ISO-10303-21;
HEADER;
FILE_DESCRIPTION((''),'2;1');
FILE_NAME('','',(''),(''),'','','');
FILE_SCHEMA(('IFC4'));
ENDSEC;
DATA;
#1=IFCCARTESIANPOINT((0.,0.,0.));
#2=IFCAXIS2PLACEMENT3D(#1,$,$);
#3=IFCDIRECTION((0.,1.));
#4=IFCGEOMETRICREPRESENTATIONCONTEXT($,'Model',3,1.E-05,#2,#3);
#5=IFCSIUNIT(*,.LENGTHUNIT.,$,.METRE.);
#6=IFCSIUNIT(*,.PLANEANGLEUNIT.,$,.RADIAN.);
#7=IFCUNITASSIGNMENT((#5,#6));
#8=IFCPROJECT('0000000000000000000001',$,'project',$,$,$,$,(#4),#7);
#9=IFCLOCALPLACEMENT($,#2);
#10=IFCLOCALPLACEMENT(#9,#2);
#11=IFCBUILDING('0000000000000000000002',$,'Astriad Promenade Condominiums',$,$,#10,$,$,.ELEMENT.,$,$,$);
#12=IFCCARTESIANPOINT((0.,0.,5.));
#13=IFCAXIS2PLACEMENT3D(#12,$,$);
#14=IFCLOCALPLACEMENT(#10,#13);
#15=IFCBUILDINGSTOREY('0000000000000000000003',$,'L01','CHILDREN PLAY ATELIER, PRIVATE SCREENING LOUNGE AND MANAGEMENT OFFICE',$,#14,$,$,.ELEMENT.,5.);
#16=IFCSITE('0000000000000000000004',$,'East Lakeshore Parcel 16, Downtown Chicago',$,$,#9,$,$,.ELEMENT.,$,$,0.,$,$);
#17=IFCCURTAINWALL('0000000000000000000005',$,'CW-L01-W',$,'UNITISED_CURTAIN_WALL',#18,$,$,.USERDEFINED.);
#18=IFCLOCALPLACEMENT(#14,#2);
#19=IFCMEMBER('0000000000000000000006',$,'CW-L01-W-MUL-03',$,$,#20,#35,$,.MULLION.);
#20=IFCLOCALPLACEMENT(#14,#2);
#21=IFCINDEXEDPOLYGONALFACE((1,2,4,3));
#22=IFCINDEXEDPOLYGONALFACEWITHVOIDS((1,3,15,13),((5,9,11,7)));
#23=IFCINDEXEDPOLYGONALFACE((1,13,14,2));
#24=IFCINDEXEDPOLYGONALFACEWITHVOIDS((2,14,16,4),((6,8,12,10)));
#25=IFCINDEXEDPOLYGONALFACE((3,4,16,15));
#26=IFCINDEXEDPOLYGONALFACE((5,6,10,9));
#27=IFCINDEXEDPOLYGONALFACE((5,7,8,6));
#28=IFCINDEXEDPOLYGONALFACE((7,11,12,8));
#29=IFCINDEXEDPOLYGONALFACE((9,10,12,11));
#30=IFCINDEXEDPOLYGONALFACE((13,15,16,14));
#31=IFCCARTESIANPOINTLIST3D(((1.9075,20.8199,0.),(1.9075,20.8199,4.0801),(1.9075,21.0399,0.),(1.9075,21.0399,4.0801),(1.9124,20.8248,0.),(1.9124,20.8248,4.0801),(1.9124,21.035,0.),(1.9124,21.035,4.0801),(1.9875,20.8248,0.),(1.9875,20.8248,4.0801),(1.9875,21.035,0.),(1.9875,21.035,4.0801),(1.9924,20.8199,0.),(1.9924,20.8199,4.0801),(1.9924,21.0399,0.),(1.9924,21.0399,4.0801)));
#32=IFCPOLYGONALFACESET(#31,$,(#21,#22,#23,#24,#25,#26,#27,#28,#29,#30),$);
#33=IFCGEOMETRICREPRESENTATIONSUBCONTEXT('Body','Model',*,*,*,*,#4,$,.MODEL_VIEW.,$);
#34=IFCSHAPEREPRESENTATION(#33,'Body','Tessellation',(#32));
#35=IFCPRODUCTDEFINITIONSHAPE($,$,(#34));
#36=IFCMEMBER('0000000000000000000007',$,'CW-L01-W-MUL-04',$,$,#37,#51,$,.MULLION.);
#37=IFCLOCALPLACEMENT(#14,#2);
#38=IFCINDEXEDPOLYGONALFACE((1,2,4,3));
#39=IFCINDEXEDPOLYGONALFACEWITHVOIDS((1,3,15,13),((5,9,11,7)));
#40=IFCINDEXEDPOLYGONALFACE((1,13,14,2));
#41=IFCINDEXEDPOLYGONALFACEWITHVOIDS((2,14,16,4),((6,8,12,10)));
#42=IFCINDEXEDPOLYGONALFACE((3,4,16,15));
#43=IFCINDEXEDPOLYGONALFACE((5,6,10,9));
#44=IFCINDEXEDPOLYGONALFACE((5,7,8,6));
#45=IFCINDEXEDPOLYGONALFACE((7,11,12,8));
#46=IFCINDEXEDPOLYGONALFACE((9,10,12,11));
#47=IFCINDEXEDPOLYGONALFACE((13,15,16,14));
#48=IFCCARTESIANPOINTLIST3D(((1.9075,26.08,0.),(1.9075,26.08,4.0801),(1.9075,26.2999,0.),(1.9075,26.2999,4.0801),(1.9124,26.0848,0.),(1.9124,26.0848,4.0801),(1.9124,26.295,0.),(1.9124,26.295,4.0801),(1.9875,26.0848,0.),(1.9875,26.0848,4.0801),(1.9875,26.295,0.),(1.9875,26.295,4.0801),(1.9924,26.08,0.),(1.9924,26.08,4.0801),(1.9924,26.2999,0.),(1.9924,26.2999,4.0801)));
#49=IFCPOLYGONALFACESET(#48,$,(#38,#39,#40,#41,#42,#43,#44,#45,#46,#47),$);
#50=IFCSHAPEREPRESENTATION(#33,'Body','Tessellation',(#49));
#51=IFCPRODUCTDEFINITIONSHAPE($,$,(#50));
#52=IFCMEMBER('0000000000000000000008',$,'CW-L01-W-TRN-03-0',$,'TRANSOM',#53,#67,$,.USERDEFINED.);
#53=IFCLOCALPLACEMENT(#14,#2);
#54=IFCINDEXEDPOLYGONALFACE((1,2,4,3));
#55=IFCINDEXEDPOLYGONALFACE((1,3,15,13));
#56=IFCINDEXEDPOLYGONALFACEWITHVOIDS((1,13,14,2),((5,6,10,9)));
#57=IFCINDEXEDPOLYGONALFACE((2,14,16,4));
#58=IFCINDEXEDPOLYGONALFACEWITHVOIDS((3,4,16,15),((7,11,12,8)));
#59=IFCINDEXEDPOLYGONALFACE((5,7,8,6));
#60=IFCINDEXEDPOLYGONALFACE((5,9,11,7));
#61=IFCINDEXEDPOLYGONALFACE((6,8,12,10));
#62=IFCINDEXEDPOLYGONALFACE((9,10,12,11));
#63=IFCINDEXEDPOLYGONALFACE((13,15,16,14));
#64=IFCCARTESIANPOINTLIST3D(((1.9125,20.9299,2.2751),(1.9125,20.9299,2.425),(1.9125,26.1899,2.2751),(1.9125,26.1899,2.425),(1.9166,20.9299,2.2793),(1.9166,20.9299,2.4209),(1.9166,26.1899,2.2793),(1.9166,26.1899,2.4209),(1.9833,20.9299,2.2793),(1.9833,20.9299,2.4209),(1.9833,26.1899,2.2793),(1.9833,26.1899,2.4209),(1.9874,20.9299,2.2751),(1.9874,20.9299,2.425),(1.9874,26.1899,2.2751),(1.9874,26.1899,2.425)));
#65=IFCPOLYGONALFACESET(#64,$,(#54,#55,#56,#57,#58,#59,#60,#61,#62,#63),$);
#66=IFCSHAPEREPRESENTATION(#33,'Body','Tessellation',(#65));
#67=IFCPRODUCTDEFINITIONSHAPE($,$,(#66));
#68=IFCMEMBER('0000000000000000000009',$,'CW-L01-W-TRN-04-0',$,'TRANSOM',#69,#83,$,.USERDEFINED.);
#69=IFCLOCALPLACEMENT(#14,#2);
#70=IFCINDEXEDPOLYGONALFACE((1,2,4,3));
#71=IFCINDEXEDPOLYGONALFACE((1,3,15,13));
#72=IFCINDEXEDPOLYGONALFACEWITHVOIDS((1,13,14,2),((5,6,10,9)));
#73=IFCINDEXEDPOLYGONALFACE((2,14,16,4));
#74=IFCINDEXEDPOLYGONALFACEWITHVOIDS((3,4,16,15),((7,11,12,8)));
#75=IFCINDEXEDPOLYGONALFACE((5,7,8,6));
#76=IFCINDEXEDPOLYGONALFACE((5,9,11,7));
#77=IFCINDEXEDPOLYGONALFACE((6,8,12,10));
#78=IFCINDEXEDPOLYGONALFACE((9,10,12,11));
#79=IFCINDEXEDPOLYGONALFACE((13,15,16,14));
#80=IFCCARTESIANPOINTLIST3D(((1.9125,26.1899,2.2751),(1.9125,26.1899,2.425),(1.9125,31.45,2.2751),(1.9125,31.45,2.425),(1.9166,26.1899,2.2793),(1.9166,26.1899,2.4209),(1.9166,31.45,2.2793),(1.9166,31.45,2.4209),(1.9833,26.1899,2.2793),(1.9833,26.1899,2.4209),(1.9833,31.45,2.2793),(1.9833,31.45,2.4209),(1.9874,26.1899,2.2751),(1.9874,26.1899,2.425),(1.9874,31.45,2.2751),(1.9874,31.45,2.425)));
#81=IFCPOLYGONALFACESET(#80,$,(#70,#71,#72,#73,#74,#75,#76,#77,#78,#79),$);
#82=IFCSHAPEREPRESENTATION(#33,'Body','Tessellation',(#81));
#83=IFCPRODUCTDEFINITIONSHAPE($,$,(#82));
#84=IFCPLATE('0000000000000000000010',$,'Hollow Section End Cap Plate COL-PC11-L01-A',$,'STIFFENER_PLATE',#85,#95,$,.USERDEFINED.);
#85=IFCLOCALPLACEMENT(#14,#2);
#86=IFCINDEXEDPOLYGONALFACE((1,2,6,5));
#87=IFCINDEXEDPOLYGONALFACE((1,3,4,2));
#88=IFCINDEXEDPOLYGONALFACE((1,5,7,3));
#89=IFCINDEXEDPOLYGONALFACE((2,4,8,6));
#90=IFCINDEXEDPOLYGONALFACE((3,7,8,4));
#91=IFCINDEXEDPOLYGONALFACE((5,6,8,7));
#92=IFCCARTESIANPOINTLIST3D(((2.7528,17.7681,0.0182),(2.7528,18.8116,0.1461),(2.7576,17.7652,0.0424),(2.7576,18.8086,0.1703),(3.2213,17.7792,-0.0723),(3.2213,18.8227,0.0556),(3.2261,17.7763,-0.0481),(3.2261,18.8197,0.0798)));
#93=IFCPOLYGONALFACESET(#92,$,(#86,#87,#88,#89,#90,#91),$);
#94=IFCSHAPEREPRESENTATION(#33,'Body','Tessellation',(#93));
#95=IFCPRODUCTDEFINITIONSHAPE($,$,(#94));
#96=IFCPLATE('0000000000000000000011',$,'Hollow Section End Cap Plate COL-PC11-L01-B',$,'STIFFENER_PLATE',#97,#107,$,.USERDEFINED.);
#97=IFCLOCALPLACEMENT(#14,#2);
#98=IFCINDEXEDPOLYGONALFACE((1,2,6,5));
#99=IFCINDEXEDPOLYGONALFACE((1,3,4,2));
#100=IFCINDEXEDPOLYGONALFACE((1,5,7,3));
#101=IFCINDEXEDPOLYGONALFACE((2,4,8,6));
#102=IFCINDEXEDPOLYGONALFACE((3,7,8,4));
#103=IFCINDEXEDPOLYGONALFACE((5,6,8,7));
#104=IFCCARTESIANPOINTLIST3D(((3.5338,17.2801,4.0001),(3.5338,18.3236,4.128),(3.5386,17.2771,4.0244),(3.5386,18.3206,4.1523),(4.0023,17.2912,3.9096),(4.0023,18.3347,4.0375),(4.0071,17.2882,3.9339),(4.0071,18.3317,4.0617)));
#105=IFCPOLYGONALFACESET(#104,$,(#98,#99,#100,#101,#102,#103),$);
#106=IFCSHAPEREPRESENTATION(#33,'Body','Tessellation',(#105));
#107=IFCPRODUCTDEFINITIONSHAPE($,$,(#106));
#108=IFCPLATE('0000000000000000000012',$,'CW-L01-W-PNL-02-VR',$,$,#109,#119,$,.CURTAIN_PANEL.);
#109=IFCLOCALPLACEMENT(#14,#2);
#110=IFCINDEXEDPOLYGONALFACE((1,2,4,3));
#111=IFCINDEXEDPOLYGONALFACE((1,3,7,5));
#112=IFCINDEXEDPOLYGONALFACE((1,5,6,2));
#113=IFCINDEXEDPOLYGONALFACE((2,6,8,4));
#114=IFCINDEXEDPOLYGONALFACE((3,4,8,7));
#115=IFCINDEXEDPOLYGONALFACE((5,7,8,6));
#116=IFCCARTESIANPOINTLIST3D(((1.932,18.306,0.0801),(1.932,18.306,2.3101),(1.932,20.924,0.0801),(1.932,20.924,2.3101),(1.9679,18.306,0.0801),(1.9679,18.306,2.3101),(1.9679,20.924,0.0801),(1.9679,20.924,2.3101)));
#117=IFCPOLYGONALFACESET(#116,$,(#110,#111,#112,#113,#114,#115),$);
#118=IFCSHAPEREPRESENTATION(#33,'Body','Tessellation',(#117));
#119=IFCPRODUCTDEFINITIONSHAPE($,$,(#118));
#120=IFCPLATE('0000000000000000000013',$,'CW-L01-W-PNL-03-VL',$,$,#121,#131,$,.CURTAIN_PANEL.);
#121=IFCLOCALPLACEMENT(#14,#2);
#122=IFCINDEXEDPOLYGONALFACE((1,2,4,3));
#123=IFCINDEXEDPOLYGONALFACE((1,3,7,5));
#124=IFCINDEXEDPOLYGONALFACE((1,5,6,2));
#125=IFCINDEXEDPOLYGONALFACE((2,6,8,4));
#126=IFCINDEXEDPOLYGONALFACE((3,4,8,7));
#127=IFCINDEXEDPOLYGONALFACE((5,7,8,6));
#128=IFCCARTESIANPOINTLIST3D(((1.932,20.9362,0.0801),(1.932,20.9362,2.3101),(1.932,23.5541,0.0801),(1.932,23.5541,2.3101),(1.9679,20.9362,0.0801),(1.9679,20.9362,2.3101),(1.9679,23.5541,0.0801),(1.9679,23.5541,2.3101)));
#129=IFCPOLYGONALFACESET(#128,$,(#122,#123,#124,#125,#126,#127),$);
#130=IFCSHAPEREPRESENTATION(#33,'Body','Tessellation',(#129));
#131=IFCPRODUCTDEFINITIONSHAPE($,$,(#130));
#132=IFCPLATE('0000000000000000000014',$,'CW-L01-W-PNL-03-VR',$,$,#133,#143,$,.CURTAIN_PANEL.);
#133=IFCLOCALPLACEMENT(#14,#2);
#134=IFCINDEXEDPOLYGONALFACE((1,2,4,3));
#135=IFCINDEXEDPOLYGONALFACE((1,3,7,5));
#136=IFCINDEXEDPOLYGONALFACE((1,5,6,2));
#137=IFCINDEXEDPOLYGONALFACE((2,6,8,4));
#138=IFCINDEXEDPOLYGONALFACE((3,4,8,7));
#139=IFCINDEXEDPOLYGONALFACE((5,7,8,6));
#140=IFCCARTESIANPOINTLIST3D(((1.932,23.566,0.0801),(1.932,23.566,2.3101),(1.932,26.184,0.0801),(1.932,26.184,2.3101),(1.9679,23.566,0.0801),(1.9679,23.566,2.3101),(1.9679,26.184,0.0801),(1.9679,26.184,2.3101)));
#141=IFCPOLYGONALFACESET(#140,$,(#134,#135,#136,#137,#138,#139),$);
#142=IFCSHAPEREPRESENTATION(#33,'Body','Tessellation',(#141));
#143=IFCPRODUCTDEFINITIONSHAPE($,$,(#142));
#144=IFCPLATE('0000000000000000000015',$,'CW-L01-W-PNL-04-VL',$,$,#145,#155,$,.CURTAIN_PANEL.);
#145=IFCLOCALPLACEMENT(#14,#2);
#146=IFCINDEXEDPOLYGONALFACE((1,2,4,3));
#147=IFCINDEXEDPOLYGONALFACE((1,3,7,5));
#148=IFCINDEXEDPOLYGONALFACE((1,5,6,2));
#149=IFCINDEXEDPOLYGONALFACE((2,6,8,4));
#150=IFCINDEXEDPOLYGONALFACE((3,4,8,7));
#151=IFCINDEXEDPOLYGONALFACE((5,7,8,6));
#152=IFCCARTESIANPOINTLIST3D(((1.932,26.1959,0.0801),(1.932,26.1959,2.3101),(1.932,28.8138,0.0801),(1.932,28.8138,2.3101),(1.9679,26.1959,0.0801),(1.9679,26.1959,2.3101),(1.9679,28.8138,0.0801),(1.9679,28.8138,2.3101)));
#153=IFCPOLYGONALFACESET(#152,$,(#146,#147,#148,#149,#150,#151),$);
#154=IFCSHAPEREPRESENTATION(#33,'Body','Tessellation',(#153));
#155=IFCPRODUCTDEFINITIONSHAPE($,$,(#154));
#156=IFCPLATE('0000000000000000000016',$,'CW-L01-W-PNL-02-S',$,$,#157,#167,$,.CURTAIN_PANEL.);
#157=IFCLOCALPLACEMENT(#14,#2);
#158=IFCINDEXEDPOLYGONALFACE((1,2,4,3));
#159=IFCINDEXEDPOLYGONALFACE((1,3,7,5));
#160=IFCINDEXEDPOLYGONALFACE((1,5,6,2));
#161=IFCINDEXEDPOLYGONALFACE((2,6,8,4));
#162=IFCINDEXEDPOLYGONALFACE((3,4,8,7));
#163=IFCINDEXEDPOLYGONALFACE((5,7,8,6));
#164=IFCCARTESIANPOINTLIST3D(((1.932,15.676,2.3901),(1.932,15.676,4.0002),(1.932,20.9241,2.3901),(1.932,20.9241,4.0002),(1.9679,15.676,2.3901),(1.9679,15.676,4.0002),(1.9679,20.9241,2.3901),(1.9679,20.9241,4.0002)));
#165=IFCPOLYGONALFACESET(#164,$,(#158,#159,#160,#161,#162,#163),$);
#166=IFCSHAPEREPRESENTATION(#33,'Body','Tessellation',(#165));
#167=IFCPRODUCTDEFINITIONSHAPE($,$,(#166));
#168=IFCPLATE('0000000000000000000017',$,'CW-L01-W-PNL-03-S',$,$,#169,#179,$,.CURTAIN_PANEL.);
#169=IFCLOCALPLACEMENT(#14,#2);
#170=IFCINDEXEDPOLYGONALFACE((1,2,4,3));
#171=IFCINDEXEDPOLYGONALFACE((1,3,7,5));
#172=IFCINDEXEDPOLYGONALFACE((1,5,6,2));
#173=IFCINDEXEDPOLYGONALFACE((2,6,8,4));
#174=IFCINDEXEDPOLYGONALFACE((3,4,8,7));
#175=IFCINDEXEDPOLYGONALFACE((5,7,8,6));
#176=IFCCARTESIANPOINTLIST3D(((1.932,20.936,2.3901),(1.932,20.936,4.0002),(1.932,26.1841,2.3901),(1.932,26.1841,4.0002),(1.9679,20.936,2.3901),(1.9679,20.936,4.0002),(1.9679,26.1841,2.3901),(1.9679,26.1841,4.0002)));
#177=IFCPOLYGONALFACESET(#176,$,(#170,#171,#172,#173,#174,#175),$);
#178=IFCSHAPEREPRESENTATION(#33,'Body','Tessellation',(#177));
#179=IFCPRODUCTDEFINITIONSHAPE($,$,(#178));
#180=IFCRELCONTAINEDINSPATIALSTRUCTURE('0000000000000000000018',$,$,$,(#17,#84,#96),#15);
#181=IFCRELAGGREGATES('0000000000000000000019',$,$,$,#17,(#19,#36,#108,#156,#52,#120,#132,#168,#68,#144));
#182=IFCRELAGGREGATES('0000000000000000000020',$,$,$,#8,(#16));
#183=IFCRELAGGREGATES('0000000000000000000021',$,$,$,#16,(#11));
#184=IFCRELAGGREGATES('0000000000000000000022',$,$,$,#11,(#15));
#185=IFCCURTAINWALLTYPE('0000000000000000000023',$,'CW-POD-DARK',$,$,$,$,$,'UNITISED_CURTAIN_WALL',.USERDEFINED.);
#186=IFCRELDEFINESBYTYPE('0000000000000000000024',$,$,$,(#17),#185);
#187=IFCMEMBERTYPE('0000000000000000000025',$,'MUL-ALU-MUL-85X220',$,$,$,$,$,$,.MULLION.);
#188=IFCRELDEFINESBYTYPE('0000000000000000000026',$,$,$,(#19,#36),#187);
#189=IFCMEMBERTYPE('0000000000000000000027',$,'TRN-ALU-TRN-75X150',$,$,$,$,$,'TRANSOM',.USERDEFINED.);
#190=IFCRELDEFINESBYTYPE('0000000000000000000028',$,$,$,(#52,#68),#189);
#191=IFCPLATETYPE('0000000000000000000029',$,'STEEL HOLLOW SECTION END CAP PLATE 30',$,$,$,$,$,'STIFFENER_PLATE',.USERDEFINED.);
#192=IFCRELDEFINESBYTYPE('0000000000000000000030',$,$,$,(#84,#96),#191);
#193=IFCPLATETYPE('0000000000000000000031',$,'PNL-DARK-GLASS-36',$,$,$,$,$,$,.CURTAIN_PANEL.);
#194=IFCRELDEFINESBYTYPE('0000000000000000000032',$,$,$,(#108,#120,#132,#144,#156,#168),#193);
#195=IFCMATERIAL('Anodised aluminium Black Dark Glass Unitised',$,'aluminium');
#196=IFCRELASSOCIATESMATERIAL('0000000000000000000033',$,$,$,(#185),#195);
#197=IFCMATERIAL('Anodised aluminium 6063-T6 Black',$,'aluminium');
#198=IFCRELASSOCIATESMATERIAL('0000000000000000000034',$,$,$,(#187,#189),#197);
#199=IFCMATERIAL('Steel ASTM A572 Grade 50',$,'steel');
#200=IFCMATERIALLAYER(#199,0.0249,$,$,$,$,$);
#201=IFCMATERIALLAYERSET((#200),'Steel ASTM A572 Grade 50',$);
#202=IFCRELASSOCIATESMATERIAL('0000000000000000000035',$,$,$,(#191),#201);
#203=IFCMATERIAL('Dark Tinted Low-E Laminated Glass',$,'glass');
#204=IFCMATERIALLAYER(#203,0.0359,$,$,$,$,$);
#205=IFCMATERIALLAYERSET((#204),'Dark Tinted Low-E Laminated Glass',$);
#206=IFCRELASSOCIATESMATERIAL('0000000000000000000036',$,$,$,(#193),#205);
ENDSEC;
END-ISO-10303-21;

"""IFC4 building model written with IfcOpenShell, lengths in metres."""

from ifc_helpers import new_model, si_unit, direction, frame, origin, origin_2d, place, context, subcontext, project, spatial, rectangle, hollow_rectangle, extrude, source, transform, mapped, material, layer, layer_set, material_profile, profile_set, type_object, type_shapes, element, aggregate, save


model = new_model("IFC4")

# Units and contexts
model_context = context("Model", 3, precision=1e-05, world=origin(), true_north=direction((0.0, 1.0)))
body_context = subcontext(model_context, "Body", "Model", "MODEL_VIEW")
ifc_project = project(units=[si_unit("LENGTHUNIT", "METRE"), si_unit("PLANEANGLEUNIT", "RADIAN")], contexts=[model_context])

# Site, building, storey
site_placement = place(None, origin())
site = spatial("IfcSite", under=ifc_project, at=site_placement, Name="East Lakeshore Parcel 16, Downtown Chicago", CompositionType="ELEMENT", RefElevation=0.0)
building_placement = place(site_placement, origin())
building = spatial("IfcBuilding", under=site, at=building_placement, Name="Astriad Promenade Condominiums", CompositionType="ELEMENT")
storey_placement = place(building_placement, frame((0.0, 0.0, 5.0)))
storey = spatial("IfcBuildingStorey", under=building, at=storey_placement, Name="L01", Description="CHILDREN PLAY ATELIER, PRIVATE SCREENING LOUNGE AND MANAGEMENT OFFICE", CompositionType="ELEMENT", Elevation=5.0)

# Curtain wall, members
ifc_material_1 = material(Name="Anodised aluminium Black Dark Glass Unitised", Category="aluminium")
curtain_wall_type = type_object("IfcCurtainWallType", Name="CW-POD-DARK", ElementType="UNITISED_CURTAIN_WALL", PredefinedType="USERDEFINED", material=ifc_material_1)
curtain_wall_placement = place(storey_placement, origin())
curtain_wall = element("IfcCurtainWall", 1, at=curtain_wall_placement, inside=storey, type_object=curtain_wall_type, Name="CW-L01-W", ObjectType="UNITISED_CURTAIN_WALL", PredefinedType="USERDEFINED")
ifc_material_2 = material(Name="Anodised aluminium 6063-T6 Black", Category="aluminium")
ifc_material_profile_1 = material_profile(ifc_material_2, hollow_rectangle(XDim=0.085, YDim=0.22, WallThickness=0.0049, at=origin_2d()), Name="ALU-MUL-85X220")
ifc_profile_set_1 = profile_set([ifc_material_profile_1], Name="Anodised aluminium 6063-T6 Black")
member_type_1 = type_object("IfcMemberType", Name="MUL-ALU-MUL-85X220", PredefinedType="MULLION", material=ifc_profile_set_1)
shared_shape_1 = source(origin(), body_context, "Body", "SweptSolid", [
    extrude(hollow_rectangle(XDim=0.085, YDim=0.22, WallThickness=0.0049, at=origin_2d()), origin(), (0.0, 0.0, 1.0), 4.0801),
])
type_shapes(member_type_1, [shared_shape_1])
member_1_placement = place(storey_placement, frame((1.95, 20.9299, 0.0), z_axis=(0.0, 0.0, 1.0), x_axis=(1.0, 0.0, 0.0)))
member_1 = element("IfcMember", 2, at=member_1_placement, type_object=member_type_1, Name="CW-L01-W-MUL-03", PredefinedType="MULLION", context=body_context, shape_type="MappedRepresentation", body=[
    mapped(shared_shape_1, transform((0.0, 0.0, 0.0), scale=1.0)),
])
member_2_placement = place(storey_placement, frame((1.95, 26.1899, 0.0), z_axis=(0.0, 0.0, 1.0), x_axis=(1.0, 0.0, 0.0)))
member_2 = element("IfcMember", 3, at=member_2_placement, type_object=member_type_1, Name="CW-L01-W-MUL-04", PredefinedType="MULLION", context=body_context, shape_type="MappedRepresentation", body=[
    mapped(shared_shape_1, transform((0.0, 0.0, 0.0), scale=1.0)),
])
ifc_material_profile_2 = material_profile(ifc_material_2, hollow_rectangle(XDim=0.075, YDim=0.1499, WallThickness=0.0042, at=origin_2d()), Name="ALU-TRN-75X150")
ifc_profile_set_2 = profile_set([ifc_material_profile_2], Name="Anodised aluminium 6063-T6 Black")
member_type_2 = type_object("IfcMemberType", Name="TRN-ALU-TRN-75X150", ElementType="TRANSOM", PredefinedType="USERDEFINED", material=ifc_profile_set_2)
shared_shape_2 = source(origin(), body_context, "Body", "SweptSolid", [
    extrude(hollow_rectangle(XDim=0.075, YDim=0.1499, WallThickness=0.0042, at=origin_2d()), origin(), (0.0, 0.0, 1.0), 5.26),
])
type_shapes(member_type_2, [shared_shape_2])
member_3_placement = place(storey_placement, frame((1.95, 20.9299, 2.3501), z_axis=(0.0, 1.0, 0.0), x_axis=(-1.0, 0.0, 0.0)))
member_3 = element("IfcMember", 4, at=member_3_placement, type_object=member_type_2, Name="CW-L01-W-TRN-03-0", ObjectType="TRANSOM", PredefinedType="USERDEFINED", context=body_context, shape_type="MappedRepresentation", body=[
    mapped(shared_shape_2, transform((0.0, 0.0, 0.0), scale=1.0)),
])
member_4_placement = place(storey_placement, frame((1.95, 26.1899, 2.3501), z_axis=(0.0, 1.0, 0.0), x_axis=(-1.0, 0.0, 0.0)))
member_4 = element("IfcMember", 5, at=member_4_placement, type_object=member_type_2, Name="CW-L01-W-TRN-04-0", ObjectType="TRANSOM", PredefinedType="USERDEFINED", context=body_context, shape_type="MappedRepresentation", body=[
    mapped(shared_shape_2, transform((0.0, 0.0, 0.0), scale=1.0)),
])

# Plates
ifc_material_3 = material(Name="Steel ASTM A572 Grade 50", Category="steel")
ifc_layer_1 = layer(ifc_material_3, 0.0249)
ifc_layer_set_1 = layer_set([ifc_layer_1], Name="Steel ASTM A572 Grade 50")
plate_type_1 = type_object("IfcPlateType", Name="STEEL HOLLOW SECTION END CAP PLATE 30", ElementType="STIFFENER_PLATE", PredefinedType="USERDEFINED", material=ifc_layer_set_1)
shared_shape_3 = source(origin(), body_context, "Body", "SweptSolid", [
    extrude(rectangle(XDim=0.4773, YDim=1.0513, at=origin_2d()), origin(), (0.0, 0.0, 1.0), 0.0249),
])
type_shapes(plate_type_1, [shared_shape_3])
for number, where, z_axis, x_axis, name in (
    (6, (2.9871, 18.2954, 0.0369), (0.191047, -0.119404, 0.974291), (1.0, 0.0, 0.0), "Hollow Section End Cap Plate COL-PC11-L01-A"),
    (7, (3.7681, 17.8074, 4.0188), (0.191047, -0.119404, 0.974291), (1.0, 0.0, 0.0), "Hollow Section End Cap Plate COL-PC11-L01-B"),
):
    element("IfcPlate", number, at=place(storey_placement, frame(where, z_axis=z_axis, x_axis=x_axis)), inside=storey, type_object=plate_type_1, Name=name, ObjectType="STIFFENER_PLATE", PredefinedType="USERDEFINED", context=body_context, shape_type="MappedRepresentation", body=[
        mapped(shared_shape_3, transform((0.0, 0.0, 0.0), scale=1.0)),
    ])

# Plates
ifc_material_4 = material(Name="Dark Tinted Low-E Laminated Glass", Category="glass")
ifc_layer_2 = layer(ifc_material_4, 0.0359)
ifc_layer_set_2 = layer_set([ifc_layer_2], Name="Dark Tinted Low-E Laminated Glass")
plate_type_2 = type_object("IfcPlateType", Name="PNL-DARK-GLASS-36", PredefinedType="CURTAIN_PANEL", material=ifc_layer_set_2)
shared_shape_4 = source(origin(), body_context, "Body", "SweptSolid", [
    extrude(rectangle(XDim=2.6179, YDim=0.0359, at=origin_2d()), origin(), (0.0, 0.0, 1.0), 2.23),
])
plate_1_placement = place(storey_placement, frame((1.95, 19.615, 0.0801), z_axis=(0.0, 0.0, 1.0), x_axis=(0.0, 1.0, 0.0)))
plate_1 = element("IfcPlate", 8, at=plate_1_placement, type_object=plate_type_2, Name="CW-L01-W-PNL-02-VR", PredefinedType="CURTAIN_PANEL", context=body_context, shape_type="MappedRepresentation", body=[
    mapped(shared_shape_4, transform((0.0, 0.0, 0.0), scale=1.0)),
])
plate_2_placement = place(storey_placement, frame((1.95, 22.2451, 0.0801), z_axis=(0.0, 0.0, 1.0), x_axis=(0.0, 1.0, 0.0)))
plate_2 = element("IfcPlate", 9, at=plate_2_placement, type_object=plate_type_2, Name="CW-L01-W-PNL-03-VL", PredefinedType="CURTAIN_PANEL", context=body_context, shape_type="MappedRepresentation", body=[
    mapped(shared_shape_4, transform((0.0, 0.0, 0.0), scale=1.0)),
])
plate_3_placement = place(storey_placement, frame((1.95, 24.875, 0.0801), z_axis=(0.0, 0.0, 1.0), x_axis=(0.0, 1.0, 0.0)))
plate_3 = element("IfcPlate", 10, at=plate_3_placement, type_object=plate_type_2, Name="CW-L01-W-PNL-03-VR", PredefinedType="CURTAIN_PANEL", context=body_context, shape_type="MappedRepresentation", body=[
    mapped(shared_shape_4, transform((0.0, 0.0, 0.0), scale=1.0)),
])
plate_4_placement = place(storey_placement, frame((1.95, 27.5049, 0.0801), z_axis=(0.0, 0.0, 1.0), x_axis=(0.0, 1.0, 0.0)))
plate_4 = element("IfcPlate", 11, at=plate_4_placement, type_object=plate_type_2, Name="CW-L01-W-PNL-04-VL", PredefinedType="CURTAIN_PANEL", context=body_context, shape_type="MappedRepresentation", body=[
    mapped(shared_shape_4, transform((0.0, 0.0, 0.0), scale=1.0)),
])
shared_shape_5 = source(origin(), body_context, "Body", "SweptSolid", [
    extrude(rectangle(XDim=5.248, YDim=0.0359, at=origin_2d()), origin(), (0.0, 0.0, 1.0), 1.6101),
])
type_shapes(plate_type_2, [shared_shape_4, shared_shape_5])
plate_5_placement = place(storey_placement, frame((1.95, 18.3, 2.3901), z_axis=(0.0, 0.0, 1.0), x_axis=(0.0, 1.0, 0.0)))
plate_5 = element("IfcPlate", 12, at=plate_5_placement, type_object=plate_type_2, Name="CW-L01-W-PNL-02-S", PredefinedType="CURTAIN_PANEL", context=body_context, shape_type="MappedRepresentation", body=[
    mapped(shared_shape_5, transform((0.0, 0.0, 0.0), scale=1.0)),
])
plate_6_placement = place(storey_placement, frame((1.95, 23.5601, 2.3901), z_axis=(0.0, 0.0, 1.0), x_axis=(0.0, 1.0, 0.0)))
plate_6 = element("IfcPlate", 13, at=plate_6_placement, type_object=plate_type_2, Name="CW-L01-W-PNL-03-S", PredefinedType="CURTAIN_PANEL", context=body_context, shape_type="MappedRepresentation", body=[
    mapped(shared_shape_5, transform((0.0, 0.0, 0.0), scale=1.0)),
])
aggregate(curtain_wall, [member_1, member_2, plate_1, plate_5, member_3, plate_2, plate_3, plate_6, member_4, plate_4])

save(model, "model.ifc")
